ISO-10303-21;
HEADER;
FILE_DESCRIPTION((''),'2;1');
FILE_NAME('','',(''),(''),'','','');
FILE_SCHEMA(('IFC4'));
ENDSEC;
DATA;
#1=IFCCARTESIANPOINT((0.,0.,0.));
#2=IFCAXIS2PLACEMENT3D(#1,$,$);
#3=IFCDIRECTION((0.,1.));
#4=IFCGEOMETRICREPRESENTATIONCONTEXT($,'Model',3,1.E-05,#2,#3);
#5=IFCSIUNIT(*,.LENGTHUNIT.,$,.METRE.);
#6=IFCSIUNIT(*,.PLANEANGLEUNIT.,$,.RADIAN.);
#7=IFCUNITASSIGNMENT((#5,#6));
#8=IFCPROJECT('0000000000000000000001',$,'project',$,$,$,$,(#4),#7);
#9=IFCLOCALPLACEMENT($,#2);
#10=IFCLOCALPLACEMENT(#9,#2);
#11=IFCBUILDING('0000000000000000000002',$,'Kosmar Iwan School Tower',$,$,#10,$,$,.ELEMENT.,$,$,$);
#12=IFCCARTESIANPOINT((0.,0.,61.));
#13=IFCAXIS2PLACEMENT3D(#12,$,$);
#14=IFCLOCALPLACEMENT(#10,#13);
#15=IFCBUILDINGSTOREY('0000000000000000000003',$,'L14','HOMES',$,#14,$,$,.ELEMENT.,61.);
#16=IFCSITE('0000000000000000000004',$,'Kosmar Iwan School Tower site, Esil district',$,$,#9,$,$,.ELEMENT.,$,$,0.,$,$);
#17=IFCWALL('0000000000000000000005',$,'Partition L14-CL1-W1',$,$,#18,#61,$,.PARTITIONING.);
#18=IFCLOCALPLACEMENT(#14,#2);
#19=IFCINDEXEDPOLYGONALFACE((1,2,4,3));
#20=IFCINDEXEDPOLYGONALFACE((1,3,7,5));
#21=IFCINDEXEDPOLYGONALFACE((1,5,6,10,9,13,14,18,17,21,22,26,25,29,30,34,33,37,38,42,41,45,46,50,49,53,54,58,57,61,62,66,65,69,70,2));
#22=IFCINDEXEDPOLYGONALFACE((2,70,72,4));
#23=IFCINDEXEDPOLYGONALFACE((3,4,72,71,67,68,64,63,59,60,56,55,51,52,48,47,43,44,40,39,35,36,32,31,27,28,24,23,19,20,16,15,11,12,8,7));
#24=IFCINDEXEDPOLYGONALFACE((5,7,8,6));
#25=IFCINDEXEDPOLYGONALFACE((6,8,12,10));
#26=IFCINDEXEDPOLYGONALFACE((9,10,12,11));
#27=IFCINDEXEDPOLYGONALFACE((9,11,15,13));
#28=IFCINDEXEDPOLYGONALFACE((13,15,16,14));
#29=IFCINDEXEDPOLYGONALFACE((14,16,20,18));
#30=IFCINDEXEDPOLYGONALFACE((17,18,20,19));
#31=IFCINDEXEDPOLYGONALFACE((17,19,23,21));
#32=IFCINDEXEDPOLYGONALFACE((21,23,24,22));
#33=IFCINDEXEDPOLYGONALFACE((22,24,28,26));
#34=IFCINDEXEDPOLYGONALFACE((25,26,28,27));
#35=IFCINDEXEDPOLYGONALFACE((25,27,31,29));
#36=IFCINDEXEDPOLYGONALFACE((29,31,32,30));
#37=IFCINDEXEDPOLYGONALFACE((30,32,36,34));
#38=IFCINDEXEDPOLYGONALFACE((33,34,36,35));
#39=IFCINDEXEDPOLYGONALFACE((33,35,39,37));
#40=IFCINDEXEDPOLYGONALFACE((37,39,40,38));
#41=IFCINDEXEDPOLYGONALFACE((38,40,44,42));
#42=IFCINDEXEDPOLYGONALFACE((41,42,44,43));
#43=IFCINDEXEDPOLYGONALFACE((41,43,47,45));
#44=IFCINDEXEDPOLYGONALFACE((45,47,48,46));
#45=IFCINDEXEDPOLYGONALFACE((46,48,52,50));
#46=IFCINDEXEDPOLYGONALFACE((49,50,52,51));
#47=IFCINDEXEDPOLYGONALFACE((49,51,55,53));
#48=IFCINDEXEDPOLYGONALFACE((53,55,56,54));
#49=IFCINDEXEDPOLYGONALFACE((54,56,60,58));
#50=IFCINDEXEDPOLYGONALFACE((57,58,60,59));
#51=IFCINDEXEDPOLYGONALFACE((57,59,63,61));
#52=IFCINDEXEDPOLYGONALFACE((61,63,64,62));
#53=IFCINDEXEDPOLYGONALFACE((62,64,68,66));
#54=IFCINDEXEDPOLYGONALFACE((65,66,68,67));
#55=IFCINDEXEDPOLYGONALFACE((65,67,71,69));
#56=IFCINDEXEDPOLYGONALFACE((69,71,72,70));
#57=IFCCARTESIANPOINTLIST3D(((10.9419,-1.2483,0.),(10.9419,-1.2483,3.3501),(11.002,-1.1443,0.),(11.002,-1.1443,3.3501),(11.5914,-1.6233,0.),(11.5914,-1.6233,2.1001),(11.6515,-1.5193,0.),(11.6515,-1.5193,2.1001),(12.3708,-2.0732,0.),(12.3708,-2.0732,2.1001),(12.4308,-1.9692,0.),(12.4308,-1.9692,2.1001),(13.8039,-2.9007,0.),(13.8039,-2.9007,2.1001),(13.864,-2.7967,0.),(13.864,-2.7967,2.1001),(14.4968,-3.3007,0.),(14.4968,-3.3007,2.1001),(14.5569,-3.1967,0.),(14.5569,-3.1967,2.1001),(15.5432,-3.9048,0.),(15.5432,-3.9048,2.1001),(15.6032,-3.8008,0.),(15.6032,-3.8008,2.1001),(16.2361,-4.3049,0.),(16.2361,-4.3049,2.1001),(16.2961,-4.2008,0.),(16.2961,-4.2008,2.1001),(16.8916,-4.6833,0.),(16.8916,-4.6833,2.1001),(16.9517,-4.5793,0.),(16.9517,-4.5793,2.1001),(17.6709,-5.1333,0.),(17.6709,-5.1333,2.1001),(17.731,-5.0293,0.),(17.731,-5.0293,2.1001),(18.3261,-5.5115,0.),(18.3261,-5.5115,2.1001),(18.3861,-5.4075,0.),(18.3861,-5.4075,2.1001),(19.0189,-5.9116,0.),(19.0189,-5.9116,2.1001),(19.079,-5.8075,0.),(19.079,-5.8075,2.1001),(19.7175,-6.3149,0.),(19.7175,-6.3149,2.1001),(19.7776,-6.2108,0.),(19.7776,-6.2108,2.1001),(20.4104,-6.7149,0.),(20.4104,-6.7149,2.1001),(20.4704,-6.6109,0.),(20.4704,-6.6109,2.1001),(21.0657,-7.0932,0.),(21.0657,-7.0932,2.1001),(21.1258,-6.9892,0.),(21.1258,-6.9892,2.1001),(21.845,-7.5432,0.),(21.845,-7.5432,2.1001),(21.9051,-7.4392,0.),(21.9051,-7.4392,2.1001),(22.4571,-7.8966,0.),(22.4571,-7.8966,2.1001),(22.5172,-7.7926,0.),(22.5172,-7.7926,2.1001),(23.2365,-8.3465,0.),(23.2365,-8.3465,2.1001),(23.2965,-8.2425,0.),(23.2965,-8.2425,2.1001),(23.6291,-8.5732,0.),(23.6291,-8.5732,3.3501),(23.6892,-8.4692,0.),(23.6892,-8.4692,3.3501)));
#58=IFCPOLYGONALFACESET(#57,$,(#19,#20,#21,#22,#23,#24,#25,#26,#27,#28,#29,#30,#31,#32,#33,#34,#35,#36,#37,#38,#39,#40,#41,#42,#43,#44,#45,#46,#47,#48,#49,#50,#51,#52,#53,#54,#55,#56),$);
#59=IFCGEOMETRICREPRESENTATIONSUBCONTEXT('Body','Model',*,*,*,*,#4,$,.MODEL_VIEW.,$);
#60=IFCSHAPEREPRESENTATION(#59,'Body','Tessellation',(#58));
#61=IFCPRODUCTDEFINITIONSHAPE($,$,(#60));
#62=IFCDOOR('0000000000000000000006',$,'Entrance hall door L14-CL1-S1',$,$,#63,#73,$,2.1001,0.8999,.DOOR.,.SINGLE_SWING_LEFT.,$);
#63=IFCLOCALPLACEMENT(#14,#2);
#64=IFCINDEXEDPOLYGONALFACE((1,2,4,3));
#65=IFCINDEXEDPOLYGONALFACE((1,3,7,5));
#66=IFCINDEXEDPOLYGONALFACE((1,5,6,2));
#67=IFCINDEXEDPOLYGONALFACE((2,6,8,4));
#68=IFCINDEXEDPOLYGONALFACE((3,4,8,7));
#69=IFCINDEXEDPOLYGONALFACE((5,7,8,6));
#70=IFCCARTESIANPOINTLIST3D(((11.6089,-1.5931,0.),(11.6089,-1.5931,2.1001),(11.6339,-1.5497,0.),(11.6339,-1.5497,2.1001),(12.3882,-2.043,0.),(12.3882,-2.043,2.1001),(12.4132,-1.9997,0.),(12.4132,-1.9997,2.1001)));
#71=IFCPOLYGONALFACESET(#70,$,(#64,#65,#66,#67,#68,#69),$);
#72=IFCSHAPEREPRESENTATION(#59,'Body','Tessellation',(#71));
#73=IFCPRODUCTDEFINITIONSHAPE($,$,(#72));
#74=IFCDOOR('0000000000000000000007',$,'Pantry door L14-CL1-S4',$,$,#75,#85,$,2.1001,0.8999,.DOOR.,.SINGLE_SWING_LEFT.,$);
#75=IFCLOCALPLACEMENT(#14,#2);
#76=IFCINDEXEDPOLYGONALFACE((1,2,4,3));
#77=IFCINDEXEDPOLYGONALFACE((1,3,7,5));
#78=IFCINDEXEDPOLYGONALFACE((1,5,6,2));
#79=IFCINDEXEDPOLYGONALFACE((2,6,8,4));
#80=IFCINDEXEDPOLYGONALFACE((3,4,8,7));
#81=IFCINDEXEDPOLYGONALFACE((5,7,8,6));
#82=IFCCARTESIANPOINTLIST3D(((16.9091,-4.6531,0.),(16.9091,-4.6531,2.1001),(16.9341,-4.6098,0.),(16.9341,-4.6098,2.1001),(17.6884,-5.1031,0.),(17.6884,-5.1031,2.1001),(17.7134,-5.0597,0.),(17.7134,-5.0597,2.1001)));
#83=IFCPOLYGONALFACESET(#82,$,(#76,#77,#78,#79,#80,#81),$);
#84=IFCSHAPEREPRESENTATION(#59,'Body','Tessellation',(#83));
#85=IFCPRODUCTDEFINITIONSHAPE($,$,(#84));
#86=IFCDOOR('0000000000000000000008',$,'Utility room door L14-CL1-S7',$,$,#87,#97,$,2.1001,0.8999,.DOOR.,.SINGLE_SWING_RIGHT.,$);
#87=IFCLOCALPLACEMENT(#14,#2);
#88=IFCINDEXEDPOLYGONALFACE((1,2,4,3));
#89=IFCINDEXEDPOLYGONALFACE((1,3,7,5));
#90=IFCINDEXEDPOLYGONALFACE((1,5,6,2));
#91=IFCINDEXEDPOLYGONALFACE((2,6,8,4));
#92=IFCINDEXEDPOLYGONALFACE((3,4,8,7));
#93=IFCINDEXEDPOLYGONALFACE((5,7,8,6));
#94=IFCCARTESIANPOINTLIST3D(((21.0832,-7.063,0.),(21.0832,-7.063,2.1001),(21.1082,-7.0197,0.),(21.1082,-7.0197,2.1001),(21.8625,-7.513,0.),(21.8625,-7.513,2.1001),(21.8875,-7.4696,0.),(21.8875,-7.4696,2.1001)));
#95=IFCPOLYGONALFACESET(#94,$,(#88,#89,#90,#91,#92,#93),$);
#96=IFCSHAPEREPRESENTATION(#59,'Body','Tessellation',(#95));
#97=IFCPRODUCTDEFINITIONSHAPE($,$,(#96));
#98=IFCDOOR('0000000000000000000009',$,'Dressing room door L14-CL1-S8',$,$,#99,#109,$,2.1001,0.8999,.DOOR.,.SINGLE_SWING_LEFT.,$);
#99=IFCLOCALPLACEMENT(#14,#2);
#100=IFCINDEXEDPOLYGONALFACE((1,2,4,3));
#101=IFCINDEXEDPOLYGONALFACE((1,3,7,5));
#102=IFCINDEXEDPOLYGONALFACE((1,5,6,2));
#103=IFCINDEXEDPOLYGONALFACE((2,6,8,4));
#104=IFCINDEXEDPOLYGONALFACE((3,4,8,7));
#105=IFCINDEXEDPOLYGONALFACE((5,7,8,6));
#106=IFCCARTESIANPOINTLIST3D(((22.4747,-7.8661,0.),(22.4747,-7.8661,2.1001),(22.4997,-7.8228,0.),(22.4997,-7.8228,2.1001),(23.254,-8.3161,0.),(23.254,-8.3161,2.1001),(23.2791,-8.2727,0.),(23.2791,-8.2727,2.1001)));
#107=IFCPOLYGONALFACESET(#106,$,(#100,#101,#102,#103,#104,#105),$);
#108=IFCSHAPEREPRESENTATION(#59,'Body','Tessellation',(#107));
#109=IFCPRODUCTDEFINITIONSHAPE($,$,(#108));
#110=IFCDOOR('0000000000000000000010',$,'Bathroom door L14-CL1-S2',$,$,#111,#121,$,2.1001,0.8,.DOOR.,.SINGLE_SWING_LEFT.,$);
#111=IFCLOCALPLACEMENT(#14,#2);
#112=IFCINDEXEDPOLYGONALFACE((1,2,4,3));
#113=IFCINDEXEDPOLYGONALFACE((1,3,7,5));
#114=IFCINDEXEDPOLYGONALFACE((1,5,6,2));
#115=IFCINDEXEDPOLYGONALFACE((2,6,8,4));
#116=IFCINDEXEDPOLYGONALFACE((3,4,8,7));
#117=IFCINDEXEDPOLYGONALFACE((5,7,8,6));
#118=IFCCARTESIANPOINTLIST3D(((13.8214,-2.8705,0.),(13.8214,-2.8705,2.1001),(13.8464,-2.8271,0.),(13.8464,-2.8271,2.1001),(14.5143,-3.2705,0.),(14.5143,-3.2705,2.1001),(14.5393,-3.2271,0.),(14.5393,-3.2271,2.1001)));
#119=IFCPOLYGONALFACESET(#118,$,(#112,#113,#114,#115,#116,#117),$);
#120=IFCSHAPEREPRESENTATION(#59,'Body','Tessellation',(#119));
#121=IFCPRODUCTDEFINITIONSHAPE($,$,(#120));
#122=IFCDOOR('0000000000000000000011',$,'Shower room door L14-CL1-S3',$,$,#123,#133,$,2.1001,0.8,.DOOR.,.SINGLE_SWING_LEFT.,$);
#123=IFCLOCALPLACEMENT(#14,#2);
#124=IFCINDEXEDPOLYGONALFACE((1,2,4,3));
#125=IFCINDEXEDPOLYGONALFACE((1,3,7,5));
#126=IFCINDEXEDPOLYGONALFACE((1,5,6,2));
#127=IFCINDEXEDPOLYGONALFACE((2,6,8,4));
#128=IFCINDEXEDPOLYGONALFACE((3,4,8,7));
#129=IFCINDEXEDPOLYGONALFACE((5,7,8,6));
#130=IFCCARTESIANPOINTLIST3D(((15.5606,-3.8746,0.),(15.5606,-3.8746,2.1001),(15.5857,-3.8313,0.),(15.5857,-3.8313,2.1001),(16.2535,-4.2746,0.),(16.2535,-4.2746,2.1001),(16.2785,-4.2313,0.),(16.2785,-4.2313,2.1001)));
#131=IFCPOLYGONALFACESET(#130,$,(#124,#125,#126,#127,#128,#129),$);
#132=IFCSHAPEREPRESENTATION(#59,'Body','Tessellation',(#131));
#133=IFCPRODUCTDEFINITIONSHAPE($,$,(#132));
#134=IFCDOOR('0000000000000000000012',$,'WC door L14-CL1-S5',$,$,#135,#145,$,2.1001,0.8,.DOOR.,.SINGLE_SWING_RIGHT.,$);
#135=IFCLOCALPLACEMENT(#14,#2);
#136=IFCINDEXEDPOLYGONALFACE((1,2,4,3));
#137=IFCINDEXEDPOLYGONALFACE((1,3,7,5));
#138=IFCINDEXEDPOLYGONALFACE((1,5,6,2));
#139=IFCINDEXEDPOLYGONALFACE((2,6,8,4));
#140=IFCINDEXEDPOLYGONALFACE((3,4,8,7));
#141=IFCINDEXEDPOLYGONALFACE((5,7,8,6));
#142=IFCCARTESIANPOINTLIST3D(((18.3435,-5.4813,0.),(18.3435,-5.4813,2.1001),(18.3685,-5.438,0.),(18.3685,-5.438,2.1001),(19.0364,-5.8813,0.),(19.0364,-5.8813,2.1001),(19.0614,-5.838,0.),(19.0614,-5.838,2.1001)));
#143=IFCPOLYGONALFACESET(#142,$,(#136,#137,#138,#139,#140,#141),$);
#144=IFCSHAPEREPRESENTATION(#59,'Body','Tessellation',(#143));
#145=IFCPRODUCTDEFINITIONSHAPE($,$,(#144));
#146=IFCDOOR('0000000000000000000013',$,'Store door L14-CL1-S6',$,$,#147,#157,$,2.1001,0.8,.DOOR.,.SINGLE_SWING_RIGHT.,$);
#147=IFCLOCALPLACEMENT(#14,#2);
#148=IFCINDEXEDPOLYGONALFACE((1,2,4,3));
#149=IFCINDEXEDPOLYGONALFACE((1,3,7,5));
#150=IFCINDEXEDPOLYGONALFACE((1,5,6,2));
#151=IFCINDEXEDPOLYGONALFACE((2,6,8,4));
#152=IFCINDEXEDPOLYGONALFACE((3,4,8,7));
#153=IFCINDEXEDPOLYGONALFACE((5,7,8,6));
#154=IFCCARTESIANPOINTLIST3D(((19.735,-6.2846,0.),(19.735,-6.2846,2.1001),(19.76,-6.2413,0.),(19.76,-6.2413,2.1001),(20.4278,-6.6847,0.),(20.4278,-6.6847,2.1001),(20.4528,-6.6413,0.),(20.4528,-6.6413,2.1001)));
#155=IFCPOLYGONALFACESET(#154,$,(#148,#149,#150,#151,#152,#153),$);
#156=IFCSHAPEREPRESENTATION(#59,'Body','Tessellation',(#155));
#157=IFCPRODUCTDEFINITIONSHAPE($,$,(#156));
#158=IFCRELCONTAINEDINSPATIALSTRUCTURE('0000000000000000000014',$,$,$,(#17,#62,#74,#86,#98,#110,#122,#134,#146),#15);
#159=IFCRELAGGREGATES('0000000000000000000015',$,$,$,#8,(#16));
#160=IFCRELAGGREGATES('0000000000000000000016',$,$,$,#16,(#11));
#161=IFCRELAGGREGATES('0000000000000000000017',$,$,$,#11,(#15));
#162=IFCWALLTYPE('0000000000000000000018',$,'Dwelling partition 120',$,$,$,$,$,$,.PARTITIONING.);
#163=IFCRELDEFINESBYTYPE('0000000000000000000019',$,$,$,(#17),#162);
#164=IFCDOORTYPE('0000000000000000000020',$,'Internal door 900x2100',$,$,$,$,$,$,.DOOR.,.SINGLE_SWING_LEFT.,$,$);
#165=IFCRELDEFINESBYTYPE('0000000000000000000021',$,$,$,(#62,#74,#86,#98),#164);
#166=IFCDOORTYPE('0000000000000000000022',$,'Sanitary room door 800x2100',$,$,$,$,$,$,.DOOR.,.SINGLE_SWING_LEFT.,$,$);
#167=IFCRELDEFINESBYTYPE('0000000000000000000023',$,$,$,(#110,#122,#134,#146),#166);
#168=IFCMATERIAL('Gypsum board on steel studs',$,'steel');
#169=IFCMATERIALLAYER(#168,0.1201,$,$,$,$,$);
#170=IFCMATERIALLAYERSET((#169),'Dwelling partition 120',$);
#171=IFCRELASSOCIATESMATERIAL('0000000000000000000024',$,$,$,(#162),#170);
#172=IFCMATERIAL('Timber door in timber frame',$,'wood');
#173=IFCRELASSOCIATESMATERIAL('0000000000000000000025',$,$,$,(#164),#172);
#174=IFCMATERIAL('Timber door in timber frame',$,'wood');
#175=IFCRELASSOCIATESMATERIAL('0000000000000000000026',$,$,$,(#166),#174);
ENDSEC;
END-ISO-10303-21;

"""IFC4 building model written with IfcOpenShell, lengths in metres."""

from ifc_helpers import new_model, si_unit, direction, frame, frame_2d, origin, place, context, subcontext, project, spatial, rectangle, extrude, material, layer, layer_set, type_object, element, fill, save


model = new_model("IFC4")

# Units and contexts
model_context = context("Model", 3, precision=1e-05, world=origin(), true_north=direction((0.0, 1.0)))
body_context = subcontext(model_context, "Body", "Model", "MODEL_VIEW")
ifc_project = project(units=[si_unit("LENGTHUNIT", "METRE"), si_unit("PLANEANGLEUNIT", "RADIAN")], contexts=[model_context])

# Site, building, storey
site_placement = place(None, origin())
site = spatial("IfcSite", under=ifc_project, at=site_placement, Name="Kosmar Iwan School Tower site, Esil district", CompositionType="ELEMENT", RefElevation=0.0)
building_placement = place(site_placement, origin())
building = spatial("IfcBuilding", under=site, at=building_placement, Name="Kosmar Iwan School Tower", CompositionType="ELEMENT")
storey_placement = place(building_placement, frame((0.0, 0.0, 61.0)))
storey = spatial("IfcBuildingStorey", under=building, at=storey_placement, Name="L14", Description="HOMES", CompositionType="ELEMENT", Elevation=61.0)

# Wall, openings, doors
ifc_material_1 = material(Name="Gypsum board on steel studs", Category="steel")
ifc_layer_1 = layer(ifc_material_1, 0.1201)
ifc_layer_set_1 = layer_set([ifc_layer_1], Name="Dwelling partition 120")
wall_type_1 = type_object("IfcWallType", Name="Dwelling partition 120", PredefinedType="PARTITIONING", material=ifc_layer_set_1)
wall_1_placement = place(storey_placement, frame((10.9719, -1.1963, 0.0), z_axis=(0.0, 0.0, 1.0), x_axis=(0.866027, -0.499998, 0.0)))
wall_1 = element("IfcWall", 1, at=wall_1_placement, inside=storey, type_object=wall_type_1, Name="Partition L14-CL1-W1", PredefinedType="PARTITIONING", context=body_context, shape_type="SweptSolid", body=[
    extrude(rectangle(XDim=14.6499, YDim=0.1201, at=frame_2d((7.325, 0.0))), origin(), (0.0, 0.0, 1.0), 3.3501),
])
opening_1_placement = place(wall_1_placement, frame((0.75, 0.0, 0.0)))
opening_1 = element("IfcOpeningElement", 2, at=opening_1_placement, cuts=wall_1, PredefinedType="OPENING", context=body_context, shape_type="SweptSolid", body=[
    extrude(rectangle(XDim=0.8999, YDim=2.1001, at=frame_2d((0.45, 1.05))), frame((0.0, 0.072, 0.0), z_axis=(0.0, -1.0, 0.0), x_axis=(1.0, 0.0, 0.0)), (0.0, 0.0, 1.0), 0.144),
])
opening_2_placement = place(wall_1_placement, frame((3.3049, 0.0, 0.0)))
opening_2 = element("IfcOpeningElement", 3, at=opening_2_placement, cuts=wall_1, PredefinedType="OPENING", context=body_context, shape_type="SweptSolid", body=[
    extrude(rectangle(XDim=0.8, YDim=2.1001, at=frame_2d((0.3999, 1.05))), frame((0.0, 0.072, 0.0), z_axis=(0.0, -1.0, 0.0), x_axis=(1.0, 0.0, 0.0)), (0.0, 0.0, 1.0), 0.144),
])
opening_3_placement = place(wall_1_placement, frame((5.3132, 0.0, 0.0)))
opening_3 = element("IfcOpeningElement", 4, at=opening_3_placement, cuts=wall_1, PredefinedType="OPENING", context=body_context, shape_type="SweptSolid", body=[
    extrude(rectangle(XDim=0.8, YDim=2.1001, at=frame_2d((0.3999, 1.05))), frame((0.0, 0.072, 0.0), z_axis=(0.0, -1.0, 0.0), x_axis=(1.0, 0.0, 0.0)), (0.0, 0.0, 1.0), 0.144),
])
opening_4_placement = place(wall_1_placement, frame((6.8701, 0.0, 0.0)))
opening_4 = element("IfcOpeningElement", 5, at=opening_4_placement, cuts=wall_1, PredefinedType="OPENING", context=body_context, shape_type="SweptSolid", body=[
    extrude(rectangle(XDim=0.8999, YDim=2.1001, at=frame_2d((0.45, 1.05))), frame((0.0, 0.072, 0.0), z_axis=(0.0, -1.0, 0.0), x_axis=(1.0, 0.0, 0.0)), (0.0, 0.0, 1.0), 0.144),
])
opening_5_placement = place(wall_1_placement, frame((8.5266, 0.0, 0.0)))
opening_5 = element("IfcOpeningElement", 6, at=opening_5_placement, cuts=wall_1, PredefinedType="OPENING", context=body_context, shape_type="SweptSolid", body=[
    extrude(rectangle(XDim=0.8, YDim=2.1001, at=frame_2d((0.3999, 1.05))), frame((0.0, 0.072, 0.0), z_axis=(0.0, -1.0, 0.0), x_axis=(1.0, 0.0, 0.0)), (0.0, 0.0, 1.0), 0.144),
])
opening_6_placement = place(wall_1_placement, frame((10.1333, 0.0, 0.0)))
opening_6 = element("IfcOpeningElement", 7, at=opening_6_placement, cuts=wall_1, PredefinedType="OPENING", context=body_context, shape_type="SweptSolid", body=[
    extrude(rectangle(XDim=0.8, YDim=2.1001, at=frame_2d((0.3999, 1.05))), frame((0.0, 0.072, 0.0), z_axis=(0.0, -1.0, 0.0), x_axis=(1.0, 0.0, 0.0)), (0.0, 0.0, 1.0), 0.144),
])
opening_7_placement = place(wall_1_placement, frame((11.6899, 0.0, 0.0)))
opening_7 = element("IfcOpeningElement", 8, at=opening_7_placement, cuts=wall_1, PredefinedType="OPENING", context=body_context, shape_type="SweptSolid", body=[
    extrude(rectangle(XDim=0.8999, YDim=2.1001, at=frame_2d((0.45, 1.05))), frame((0.0, 0.072, 0.0), z_axis=(0.0, -1.0, 0.0), x_axis=(1.0, 0.0, 0.0)), (0.0, 0.0, 1.0), 0.144),
])
opening_8_placement = place(wall_1_placement, frame((13.2966, 0.0, 0.0)))
opening_8 = element("IfcOpeningElement", 9, at=opening_8_placement, cuts=wall_1, PredefinedType="OPENING", context=body_context, shape_type="SweptSolid", body=[
    extrude(rectangle(XDim=0.8999, YDim=2.1001, at=frame_2d((0.45, 1.05))), frame((0.0, 0.072, 0.0), z_axis=(0.0, -1.0, 0.0), x_axis=(1.0, 0.0, 0.0)), (0.0, 0.0, 1.0), 0.144),
])
ifc_material_2 = material(Name="Timber door in timber frame", Category="wood")
door_type_1 = type_object("IfcDoorType", Name="Internal door 900x2100", OperationType="SINGLE_SWING_LEFT", PredefinedType="DOOR", material=ifc_material_2)
door_1_placement = place(opening_1_placement, origin())
door_1 = element("IfcDoor", 10, at=door_1_placement, inside=storey, type_object=door_type_1, Name="Entrance hall door L14-CL1-S1", OperationType="SINGLE_SWING_LEFT", OverallHeight=2.1001, OverallWidth=0.8999, PredefinedType="DOOR", context=body_context, shape_type="SweptSolid", body=[
    extrude(rectangle(XDim=0.8999, YDim=2.1001, at=frame_2d((0.45, 1.05))), frame((0.0, 0.0249, 0.0), z_axis=(0.0, -1.0, 0.0), x_axis=(1.0, 0.0, 0.0)), (0.0, 0.0, 1.0), 0.05),
])
fill(opening_1, door_1)
door_2_placement = place(opening_4_placement, origin())
door_2 = element("IfcDoor", 11, at=door_2_placement, inside=storey, type_object=door_type_1, Name="Pantry door L14-CL1-S4", OperationType="SINGLE_SWING_LEFT", OverallHeight=2.1001, OverallWidth=0.8999, PredefinedType="DOOR", context=body_context, shape_type="SweptSolid", body=[
    extrude(rectangle(XDim=0.8999, YDim=2.1001, at=frame_2d((0.45, 1.05))), frame((0.0, 0.0249, 0.0), z_axis=(0.0, -1.0, 0.0), x_axis=(1.0, 0.0, 0.0)), (0.0, 0.0, 1.0), 0.05),
])
fill(opening_4, door_2)
door_3_placement = place(opening_7_placement, origin())
door_3 = element("IfcDoor", 12, at=door_3_placement, inside=storey, type_object=door_type_1, Name="Utility room door L14-CL1-S7", OperationType="SINGLE_SWING_RIGHT", OverallHeight=2.1001, OverallWidth=0.8999, PredefinedType="DOOR", context=body_context, shape_type="SweptSolid", body=[
    extrude(rectangle(XDim=0.8999, YDim=2.1001, at=frame_2d((0.45, 1.05))), frame((0.0, 0.0249, 0.0), z_axis=(0.0, -1.0, 0.0), x_axis=(1.0, 0.0, 0.0)), (0.0, 0.0, 1.0), 0.05),
])
fill(opening_7, door_3)
door_4_placement = place(opening_8_placement, frame((0.8999, 0.0, 0.0), z_axis=(0.0, 0.0, 1.0), x_axis=(-1.0, 0.0, 0.0)))
door_4 = element("IfcDoor", 13, at=door_4_placement, inside=storey, type_object=door_type_1, Name="Dressing room door L14-CL1-S8", OperationType="SINGLE_SWING_LEFT", OverallHeight=2.1001, OverallWidth=0.8999, PredefinedType="DOOR", context=body_context, shape_type="SweptSolid", body=[
    extrude(rectangle(XDim=0.8999, YDim=2.1001, at=frame_2d((0.45, 1.05))), frame((0.0, 0.0249, 0.0), z_axis=(0.0, -1.0, 0.0), x_axis=(1.0, 0.0, 0.0)), (0.0, 0.0, 1.0), 0.05),
])
fill(opening_8, door_4)
ifc_material_3 = material(Name="Timber door in timber frame", Category="wood")
door_type_2 = type_object("IfcDoorType", Name="Sanitary room door 800x2100", OperationType="SINGLE_SWING_LEFT", PredefinedType="DOOR", material=ifc_material_3)
door_5_placement = place(opening_2_placement, origin())
door_5 = element("IfcDoor", 14, at=door_5_placement, inside=storey, type_object=door_type_2, Name="Bathroom door L14-CL1-S2", OperationType="SINGLE_SWING_LEFT", OverallHeight=2.1001, OverallWidth=0.8, PredefinedType="DOOR", context=body_context, shape_type="SweptSolid", body=[
    extrude(rectangle(XDim=0.8, YDim=2.1001, at=frame_2d((0.3999, 1.05))), frame((0.0, 0.0249, 0.0), z_axis=(0.0, -1.0, 0.0), x_axis=(1.0, 0.0, 0.0)), (0.0, 0.0, 1.0), 0.05),
])
fill(opening_2, door_5)
door_6_placement = place(opening_3_placement, origin())
door_6 = element("IfcDoor", 15, at=door_6_placement, inside=storey, type_object=door_type_2, Name="Shower room door L14-CL1-S3", OperationType="SINGLE_SWING_LEFT", OverallHeight=2.1001, OverallWidth=0.8, PredefinedType="DOOR", context=body_context, shape_type="SweptSolid", body=[
    extrude(rectangle(XDim=0.8, YDim=2.1001, at=frame_2d((0.3999, 1.05))), frame((0.0, 0.0249, 0.0), z_axis=(0.0, -1.0, 0.0), x_axis=(1.0, 0.0, 0.0)), (0.0, 0.0, 1.0), 0.05),
])
fill(opening_3, door_6)
door_7_placement = place(opening_5_placement, origin())
door_7 = element("IfcDoor", 16, at=door_7_placement, inside=storey, type_object=door_type_2, Name="WC door L14-CL1-S5", OperationType="SINGLE_SWING_RIGHT", OverallHeight=2.1001, OverallWidth=0.8, PredefinedType="DOOR", context=body_context, shape_type="SweptSolid", body=[
    extrude(rectangle(XDim=0.8, YDim=2.1001, at=frame_2d((0.3999, 1.05))), frame((0.0, 0.0249, 0.0), z_axis=(0.0, -1.0, 0.0), x_axis=(1.0, 0.0, 0.0)), (0.0, 0.0, 1.0), 0.05),
])
fill(opening_5, door_7)
door_8_placement = place(opening_6_placement, origin())
door_8 = element("IfcDoor", 17, at=door_8_placement, inside=storey, type_object=door_type_2, Name="Store door L14-CL1-S6", OperationType="SINGLE_SWING_RIGHT", OverallHeight=2.1001, OverallWidth=0.8, PredefinedType="DOOR", context=body_context, shape_type="SweptSolid", body=[
    extrude(rectangle(XDim=0.8, YDim=2.1001, at=frame_2d((0.3999, 1.05))), frame((0.0, 0.0249, 0.0), z_axis=(0.0, -1.0, 0.0), x_axis=(1.0, 0.0, 0.0)), (0.0, 0.0, 1.0), 0.05),
])
fill(opening_6, door_8)

save(model, "model.ifc")
